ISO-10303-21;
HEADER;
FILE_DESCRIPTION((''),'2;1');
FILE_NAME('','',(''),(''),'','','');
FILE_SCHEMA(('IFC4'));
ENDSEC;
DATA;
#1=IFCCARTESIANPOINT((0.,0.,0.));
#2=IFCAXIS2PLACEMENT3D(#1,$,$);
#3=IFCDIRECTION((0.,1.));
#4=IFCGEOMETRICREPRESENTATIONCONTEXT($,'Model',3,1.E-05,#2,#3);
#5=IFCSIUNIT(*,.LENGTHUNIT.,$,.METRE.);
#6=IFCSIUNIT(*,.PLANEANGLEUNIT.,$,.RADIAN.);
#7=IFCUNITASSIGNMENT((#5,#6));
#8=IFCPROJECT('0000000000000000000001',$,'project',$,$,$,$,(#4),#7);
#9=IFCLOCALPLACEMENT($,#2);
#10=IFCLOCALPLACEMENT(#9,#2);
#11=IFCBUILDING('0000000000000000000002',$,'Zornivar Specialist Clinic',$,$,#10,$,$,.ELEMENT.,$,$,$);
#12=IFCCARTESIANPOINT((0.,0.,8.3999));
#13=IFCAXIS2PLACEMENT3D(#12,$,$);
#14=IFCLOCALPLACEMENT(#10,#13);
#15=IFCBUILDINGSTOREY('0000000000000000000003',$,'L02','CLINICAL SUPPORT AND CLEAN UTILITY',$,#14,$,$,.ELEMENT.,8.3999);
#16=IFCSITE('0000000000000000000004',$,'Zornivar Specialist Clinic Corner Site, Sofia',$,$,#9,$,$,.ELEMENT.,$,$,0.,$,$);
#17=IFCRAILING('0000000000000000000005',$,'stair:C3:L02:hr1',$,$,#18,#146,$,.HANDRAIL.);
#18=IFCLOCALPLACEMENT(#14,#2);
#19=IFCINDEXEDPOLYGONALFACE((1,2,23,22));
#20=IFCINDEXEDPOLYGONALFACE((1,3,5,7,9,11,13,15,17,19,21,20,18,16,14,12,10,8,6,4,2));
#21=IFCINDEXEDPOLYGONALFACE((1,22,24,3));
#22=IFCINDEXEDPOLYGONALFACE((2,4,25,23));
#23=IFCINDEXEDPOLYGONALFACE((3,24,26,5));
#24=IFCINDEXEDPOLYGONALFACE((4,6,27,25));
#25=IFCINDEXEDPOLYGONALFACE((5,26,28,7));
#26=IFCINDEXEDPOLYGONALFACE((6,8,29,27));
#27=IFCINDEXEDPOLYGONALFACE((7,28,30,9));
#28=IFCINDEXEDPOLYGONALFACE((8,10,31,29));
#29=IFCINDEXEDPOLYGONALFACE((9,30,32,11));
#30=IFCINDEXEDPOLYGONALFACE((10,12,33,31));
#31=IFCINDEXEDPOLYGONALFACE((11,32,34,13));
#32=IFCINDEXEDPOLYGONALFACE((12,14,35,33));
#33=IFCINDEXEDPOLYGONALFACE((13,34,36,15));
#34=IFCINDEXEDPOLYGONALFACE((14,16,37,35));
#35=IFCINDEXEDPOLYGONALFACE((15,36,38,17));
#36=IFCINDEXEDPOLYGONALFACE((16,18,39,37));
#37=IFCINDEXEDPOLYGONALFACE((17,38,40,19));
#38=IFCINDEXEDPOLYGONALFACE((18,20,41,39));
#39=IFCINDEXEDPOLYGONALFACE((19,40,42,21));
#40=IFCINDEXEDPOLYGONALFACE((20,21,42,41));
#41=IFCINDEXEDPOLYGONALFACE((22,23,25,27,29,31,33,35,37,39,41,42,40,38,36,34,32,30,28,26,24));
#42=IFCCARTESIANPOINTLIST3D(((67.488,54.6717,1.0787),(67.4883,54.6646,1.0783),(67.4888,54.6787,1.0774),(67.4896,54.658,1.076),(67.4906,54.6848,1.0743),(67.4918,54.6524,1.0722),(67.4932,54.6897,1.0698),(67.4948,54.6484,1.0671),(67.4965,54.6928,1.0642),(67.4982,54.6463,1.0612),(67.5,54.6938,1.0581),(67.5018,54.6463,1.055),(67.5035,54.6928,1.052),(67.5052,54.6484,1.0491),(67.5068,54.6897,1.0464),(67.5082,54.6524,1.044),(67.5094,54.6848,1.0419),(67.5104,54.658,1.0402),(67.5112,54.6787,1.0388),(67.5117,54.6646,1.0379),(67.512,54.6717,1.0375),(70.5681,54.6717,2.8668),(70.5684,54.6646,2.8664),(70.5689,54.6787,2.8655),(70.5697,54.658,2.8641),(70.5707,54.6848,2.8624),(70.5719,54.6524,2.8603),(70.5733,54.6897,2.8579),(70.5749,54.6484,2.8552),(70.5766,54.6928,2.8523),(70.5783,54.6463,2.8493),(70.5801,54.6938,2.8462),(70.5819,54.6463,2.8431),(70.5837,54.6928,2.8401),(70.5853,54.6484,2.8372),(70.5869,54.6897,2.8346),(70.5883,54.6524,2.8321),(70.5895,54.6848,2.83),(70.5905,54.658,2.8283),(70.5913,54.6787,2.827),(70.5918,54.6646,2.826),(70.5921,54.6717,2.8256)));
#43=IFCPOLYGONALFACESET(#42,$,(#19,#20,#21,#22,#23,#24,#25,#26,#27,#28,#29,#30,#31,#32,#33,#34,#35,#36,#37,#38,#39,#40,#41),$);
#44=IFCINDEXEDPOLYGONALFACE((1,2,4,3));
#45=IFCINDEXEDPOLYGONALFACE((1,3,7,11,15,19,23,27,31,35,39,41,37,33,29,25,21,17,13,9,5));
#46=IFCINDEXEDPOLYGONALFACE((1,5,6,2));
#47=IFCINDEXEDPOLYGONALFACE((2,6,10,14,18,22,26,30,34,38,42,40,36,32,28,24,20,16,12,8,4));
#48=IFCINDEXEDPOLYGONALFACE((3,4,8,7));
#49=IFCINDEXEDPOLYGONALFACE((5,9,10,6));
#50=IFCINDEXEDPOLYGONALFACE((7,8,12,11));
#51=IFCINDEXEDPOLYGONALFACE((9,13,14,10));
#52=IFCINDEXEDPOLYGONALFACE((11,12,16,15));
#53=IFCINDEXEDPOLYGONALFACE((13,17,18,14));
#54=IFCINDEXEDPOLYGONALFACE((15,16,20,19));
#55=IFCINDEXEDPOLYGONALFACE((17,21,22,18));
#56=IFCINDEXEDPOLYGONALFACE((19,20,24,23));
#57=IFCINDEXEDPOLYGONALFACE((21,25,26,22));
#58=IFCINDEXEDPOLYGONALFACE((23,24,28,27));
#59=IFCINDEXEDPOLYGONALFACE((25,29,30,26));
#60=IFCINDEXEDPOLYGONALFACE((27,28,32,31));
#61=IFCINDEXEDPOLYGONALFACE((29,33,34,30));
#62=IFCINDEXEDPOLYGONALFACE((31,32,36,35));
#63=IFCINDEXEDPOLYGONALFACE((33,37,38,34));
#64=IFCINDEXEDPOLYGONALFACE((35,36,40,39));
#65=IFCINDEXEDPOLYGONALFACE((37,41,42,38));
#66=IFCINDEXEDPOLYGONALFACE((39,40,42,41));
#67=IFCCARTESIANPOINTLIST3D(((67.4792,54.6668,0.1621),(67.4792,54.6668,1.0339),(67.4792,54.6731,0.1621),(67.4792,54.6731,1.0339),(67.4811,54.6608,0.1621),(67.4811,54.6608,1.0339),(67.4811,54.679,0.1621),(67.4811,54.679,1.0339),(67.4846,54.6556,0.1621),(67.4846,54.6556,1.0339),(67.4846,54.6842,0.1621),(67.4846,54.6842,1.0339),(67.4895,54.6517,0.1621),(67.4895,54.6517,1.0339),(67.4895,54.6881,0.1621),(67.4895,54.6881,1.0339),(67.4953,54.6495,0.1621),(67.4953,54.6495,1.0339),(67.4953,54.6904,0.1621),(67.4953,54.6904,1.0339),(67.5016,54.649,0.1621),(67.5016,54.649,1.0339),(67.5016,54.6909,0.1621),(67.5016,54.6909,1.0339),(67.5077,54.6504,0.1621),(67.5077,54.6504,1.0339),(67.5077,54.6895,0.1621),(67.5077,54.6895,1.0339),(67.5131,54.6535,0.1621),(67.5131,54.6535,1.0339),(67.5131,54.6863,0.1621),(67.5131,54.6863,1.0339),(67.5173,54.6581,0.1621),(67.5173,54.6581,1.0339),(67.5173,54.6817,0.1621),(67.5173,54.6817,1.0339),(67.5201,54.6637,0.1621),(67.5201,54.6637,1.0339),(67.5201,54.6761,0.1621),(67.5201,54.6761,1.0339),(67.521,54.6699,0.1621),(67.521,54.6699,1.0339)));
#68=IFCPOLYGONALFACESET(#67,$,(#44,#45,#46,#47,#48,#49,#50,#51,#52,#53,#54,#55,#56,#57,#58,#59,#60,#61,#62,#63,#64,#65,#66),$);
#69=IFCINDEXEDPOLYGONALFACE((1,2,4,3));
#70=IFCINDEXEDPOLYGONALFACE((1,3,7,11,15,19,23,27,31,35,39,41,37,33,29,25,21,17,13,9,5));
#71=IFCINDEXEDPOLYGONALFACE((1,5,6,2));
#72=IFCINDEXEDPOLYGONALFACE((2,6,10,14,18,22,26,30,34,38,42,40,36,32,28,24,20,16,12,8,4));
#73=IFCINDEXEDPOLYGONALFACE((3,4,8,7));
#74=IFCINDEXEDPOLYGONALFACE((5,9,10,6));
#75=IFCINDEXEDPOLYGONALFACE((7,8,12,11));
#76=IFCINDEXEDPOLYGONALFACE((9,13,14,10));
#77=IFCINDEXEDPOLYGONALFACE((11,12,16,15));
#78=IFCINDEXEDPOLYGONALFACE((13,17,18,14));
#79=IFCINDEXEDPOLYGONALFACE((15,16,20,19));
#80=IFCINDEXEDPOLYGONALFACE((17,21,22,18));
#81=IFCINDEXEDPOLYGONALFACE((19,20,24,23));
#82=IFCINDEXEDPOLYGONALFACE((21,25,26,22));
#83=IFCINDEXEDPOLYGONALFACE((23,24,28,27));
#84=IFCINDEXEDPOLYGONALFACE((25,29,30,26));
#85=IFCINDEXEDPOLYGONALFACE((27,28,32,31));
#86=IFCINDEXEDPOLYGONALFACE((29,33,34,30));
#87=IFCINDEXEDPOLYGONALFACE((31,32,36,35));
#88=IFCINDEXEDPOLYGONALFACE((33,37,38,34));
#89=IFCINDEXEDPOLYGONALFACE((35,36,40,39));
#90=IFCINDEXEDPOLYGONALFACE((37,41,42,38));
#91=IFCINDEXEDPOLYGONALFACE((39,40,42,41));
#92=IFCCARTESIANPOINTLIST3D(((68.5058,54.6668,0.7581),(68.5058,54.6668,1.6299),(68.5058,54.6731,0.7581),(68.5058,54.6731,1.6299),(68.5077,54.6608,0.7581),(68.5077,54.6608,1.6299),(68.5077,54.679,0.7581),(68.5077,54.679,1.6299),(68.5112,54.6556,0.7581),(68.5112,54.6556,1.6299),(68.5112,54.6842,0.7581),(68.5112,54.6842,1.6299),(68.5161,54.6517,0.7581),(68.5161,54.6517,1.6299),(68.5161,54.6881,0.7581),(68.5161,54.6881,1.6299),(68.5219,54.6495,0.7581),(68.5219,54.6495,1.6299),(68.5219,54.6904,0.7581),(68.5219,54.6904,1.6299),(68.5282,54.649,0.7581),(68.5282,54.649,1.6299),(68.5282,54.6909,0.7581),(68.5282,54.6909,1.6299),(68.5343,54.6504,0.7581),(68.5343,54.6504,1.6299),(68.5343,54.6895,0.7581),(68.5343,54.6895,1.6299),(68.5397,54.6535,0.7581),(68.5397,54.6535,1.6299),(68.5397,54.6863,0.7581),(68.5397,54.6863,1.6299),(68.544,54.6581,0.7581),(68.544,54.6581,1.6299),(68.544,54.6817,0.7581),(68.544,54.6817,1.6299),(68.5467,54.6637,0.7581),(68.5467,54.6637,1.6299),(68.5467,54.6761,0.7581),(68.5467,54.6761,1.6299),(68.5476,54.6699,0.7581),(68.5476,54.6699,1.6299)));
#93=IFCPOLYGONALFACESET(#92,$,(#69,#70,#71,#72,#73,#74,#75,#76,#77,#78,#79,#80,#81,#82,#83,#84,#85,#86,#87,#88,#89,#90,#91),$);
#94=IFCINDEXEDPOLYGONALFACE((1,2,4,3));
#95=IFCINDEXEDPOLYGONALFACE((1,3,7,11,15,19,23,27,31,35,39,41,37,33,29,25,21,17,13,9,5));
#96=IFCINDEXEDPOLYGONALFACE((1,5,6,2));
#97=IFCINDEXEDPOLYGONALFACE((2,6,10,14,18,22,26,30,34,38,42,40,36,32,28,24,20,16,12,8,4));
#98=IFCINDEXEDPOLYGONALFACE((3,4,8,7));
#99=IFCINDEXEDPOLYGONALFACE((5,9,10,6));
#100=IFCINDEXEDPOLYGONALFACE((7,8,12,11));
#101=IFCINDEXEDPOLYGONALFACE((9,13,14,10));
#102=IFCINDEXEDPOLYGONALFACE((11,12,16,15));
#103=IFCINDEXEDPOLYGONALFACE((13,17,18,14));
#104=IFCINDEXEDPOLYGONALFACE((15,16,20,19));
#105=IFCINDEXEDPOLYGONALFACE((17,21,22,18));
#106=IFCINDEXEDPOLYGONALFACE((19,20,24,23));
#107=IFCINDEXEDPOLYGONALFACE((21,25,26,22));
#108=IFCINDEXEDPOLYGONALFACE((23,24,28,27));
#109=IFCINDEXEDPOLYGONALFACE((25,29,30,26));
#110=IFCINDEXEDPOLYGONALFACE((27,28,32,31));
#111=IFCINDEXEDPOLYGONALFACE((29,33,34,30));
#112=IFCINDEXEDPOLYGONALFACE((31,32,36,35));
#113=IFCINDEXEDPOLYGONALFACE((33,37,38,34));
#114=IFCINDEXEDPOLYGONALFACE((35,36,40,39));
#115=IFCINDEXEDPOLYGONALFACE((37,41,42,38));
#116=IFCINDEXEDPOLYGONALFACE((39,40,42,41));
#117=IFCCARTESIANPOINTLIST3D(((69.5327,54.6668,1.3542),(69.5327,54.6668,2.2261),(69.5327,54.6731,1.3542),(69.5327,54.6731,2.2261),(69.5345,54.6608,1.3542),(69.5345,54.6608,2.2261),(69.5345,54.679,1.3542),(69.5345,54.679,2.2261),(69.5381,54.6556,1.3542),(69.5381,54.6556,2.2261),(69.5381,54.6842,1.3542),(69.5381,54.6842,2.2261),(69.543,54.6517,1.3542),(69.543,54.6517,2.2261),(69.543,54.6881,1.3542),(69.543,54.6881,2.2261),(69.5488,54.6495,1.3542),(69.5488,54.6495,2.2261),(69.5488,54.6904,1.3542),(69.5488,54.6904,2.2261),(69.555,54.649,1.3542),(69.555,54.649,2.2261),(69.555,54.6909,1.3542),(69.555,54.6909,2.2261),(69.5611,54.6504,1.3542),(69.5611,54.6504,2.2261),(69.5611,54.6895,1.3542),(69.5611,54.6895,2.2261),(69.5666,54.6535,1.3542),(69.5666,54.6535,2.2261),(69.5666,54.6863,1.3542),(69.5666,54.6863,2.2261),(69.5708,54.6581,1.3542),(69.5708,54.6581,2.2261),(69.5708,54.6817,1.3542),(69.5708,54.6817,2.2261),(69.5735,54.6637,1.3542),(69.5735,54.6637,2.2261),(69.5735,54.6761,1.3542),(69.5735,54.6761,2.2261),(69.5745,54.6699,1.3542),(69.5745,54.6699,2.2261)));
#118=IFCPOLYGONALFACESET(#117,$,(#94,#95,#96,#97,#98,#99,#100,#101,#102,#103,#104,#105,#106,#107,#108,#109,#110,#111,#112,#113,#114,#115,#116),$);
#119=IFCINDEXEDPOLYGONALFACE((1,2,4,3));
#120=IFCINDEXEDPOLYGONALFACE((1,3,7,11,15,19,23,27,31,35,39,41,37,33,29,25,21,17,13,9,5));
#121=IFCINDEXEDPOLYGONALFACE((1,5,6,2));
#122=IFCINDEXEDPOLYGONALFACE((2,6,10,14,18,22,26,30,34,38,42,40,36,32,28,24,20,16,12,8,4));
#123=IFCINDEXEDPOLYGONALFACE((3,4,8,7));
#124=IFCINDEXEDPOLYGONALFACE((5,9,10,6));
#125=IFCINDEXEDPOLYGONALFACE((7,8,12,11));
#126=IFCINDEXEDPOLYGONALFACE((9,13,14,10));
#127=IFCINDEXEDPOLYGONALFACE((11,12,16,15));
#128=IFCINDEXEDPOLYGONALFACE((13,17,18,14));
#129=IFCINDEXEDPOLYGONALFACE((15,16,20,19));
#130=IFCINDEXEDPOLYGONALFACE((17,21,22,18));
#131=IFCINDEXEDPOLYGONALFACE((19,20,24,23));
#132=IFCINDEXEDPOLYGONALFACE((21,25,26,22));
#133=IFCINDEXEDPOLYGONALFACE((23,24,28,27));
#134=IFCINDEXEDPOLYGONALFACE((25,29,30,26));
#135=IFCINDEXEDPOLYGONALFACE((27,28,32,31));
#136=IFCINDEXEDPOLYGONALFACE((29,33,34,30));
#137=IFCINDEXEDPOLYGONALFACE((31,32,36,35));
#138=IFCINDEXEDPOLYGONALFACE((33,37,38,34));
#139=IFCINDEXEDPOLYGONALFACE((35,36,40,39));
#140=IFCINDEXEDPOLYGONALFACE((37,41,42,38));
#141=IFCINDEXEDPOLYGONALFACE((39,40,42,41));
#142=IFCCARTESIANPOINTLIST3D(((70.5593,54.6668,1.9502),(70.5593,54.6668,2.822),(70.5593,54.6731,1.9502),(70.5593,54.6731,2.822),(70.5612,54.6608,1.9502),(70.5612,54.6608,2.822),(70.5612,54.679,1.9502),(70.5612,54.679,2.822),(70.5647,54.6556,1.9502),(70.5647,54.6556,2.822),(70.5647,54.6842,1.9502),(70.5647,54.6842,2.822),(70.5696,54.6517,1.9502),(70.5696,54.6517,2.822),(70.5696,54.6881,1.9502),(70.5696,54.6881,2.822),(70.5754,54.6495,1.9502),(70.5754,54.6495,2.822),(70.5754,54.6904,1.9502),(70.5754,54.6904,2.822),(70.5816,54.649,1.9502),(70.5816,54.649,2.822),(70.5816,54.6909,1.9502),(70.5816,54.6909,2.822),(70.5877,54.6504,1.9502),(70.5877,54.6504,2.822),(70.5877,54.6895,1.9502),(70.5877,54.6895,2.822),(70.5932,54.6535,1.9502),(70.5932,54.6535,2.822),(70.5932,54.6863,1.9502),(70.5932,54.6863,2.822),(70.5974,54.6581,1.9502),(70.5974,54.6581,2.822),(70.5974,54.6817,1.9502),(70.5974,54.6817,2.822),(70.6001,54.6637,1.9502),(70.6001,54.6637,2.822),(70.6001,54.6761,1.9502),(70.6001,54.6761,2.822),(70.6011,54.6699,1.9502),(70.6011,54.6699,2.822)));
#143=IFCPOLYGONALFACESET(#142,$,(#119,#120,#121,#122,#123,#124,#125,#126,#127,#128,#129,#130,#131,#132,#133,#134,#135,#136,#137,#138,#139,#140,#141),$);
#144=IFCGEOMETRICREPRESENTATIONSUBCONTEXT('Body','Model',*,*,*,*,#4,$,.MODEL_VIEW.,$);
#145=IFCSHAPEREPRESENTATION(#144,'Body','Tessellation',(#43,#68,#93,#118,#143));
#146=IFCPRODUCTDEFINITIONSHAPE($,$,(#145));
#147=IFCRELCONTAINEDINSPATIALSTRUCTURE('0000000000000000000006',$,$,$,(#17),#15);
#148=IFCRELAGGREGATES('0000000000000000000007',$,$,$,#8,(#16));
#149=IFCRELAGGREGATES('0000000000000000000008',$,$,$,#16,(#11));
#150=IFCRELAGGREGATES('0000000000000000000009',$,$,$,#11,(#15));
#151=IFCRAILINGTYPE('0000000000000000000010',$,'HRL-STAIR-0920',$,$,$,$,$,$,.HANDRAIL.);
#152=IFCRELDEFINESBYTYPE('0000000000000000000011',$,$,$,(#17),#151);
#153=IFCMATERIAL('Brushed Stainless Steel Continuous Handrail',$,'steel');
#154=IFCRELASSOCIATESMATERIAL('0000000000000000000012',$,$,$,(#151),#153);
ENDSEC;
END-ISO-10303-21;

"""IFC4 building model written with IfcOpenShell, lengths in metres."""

from ifc_helpers import new_model, si_unit, direction, frame, origin, origin_2d, place, context, subcontext, project, spatial, circle, extrude, material, type_object, element, save


model = new_model("IFC4")

# Units and contexts
model_context = context("Model", 3, precision=1e-05, world=origin(), true_north=direction((0.0, 1.0)))
body_context = subcontext(model_context, "Body", "Model", "MODEL_VIEW")
ifc_project = project(units=[si_unit("LENGTHUNIT", "METRE"), si_unit("PLANEANGLEUNIT", "RADIAN")], contexts=[model_context])

# Site, building, storey
site_placement = place(None, origin())
site = spatial("IfcSite", under=ifc_project, at=site_placement, Name="Zornivar Specialist Clinic Corner Site, Sofia", CompositionType="ELEMENT", RefElevation=0.0)
building_placement = place(site_placement, origin())
building = spatial("IfcBuilding", under=site, at=building_placement, Name="Zornivar Specialist Clinic", CompositionType="ELEMENT")
storey_placement = place(building_placement, frame((0.0, 0.0, 8.3999)))
storey = spatial("IfcBuildingStorey", under=building, at=storey_placement, Name="L02", Description="CLINICAL SUPPORT AND CLEAN UTILITY", CompositionType="ELEMENT", Elevation=8.3999)

# Railing
ifc_material_1 = material(Name="Brushed Stainless Steel Continuous Handrail", Category="steel")
railing_type_1 = type_object("IfcRailingType", Name="HRL-STAIR-0920", PredefinedType="HANDRAIL", material=ifc_material_1)
railing_1_placement = place(storey_placement, frame((67.5, 54.6699, 0.1621)))
element("IfcRailing", 1, at=railing_1_placement, inside=storey, type_object=railing_type_1, Name="stair:C3:L02:hr1", PredefinedType="HANDRAIL", context=body_context, shape_type="SweptSolid", body=[
    extrude(circle(Radius=0.0239, at=origin_2d()), frame((0.0, 0.0, 0.896), z_axis=(0.864831, 0.0, 0.502063), x_axis=(0.0, 1.0, 0.0)), (0.0, 0.0, 1.0), 3.5615),
    extrude(circle(Radius=0.021, at=origin_2d()), origin(), (0.0, 0.0, 1.0), 0.8718),
    extrude(circle(Radius=0.021, at=origin_2d()), frame((1.0266, 0.0, 0.5959)), (0.0, 0.0, 1.0), 0.8718),
    extrude(circle(Radius=0.021, at=origin_2d()), frame((2.0535, 0.0, 1.1921)), (0.0, 0.0, 1.0), 0.8718),
    extrude(circle(Radius=0.021, at=origin_2d()), frame((3.0801, 0.0, 1.7881)), (0.0, 0.0, 1.0), 0.8718),
])

save(model, "model.ifc")
